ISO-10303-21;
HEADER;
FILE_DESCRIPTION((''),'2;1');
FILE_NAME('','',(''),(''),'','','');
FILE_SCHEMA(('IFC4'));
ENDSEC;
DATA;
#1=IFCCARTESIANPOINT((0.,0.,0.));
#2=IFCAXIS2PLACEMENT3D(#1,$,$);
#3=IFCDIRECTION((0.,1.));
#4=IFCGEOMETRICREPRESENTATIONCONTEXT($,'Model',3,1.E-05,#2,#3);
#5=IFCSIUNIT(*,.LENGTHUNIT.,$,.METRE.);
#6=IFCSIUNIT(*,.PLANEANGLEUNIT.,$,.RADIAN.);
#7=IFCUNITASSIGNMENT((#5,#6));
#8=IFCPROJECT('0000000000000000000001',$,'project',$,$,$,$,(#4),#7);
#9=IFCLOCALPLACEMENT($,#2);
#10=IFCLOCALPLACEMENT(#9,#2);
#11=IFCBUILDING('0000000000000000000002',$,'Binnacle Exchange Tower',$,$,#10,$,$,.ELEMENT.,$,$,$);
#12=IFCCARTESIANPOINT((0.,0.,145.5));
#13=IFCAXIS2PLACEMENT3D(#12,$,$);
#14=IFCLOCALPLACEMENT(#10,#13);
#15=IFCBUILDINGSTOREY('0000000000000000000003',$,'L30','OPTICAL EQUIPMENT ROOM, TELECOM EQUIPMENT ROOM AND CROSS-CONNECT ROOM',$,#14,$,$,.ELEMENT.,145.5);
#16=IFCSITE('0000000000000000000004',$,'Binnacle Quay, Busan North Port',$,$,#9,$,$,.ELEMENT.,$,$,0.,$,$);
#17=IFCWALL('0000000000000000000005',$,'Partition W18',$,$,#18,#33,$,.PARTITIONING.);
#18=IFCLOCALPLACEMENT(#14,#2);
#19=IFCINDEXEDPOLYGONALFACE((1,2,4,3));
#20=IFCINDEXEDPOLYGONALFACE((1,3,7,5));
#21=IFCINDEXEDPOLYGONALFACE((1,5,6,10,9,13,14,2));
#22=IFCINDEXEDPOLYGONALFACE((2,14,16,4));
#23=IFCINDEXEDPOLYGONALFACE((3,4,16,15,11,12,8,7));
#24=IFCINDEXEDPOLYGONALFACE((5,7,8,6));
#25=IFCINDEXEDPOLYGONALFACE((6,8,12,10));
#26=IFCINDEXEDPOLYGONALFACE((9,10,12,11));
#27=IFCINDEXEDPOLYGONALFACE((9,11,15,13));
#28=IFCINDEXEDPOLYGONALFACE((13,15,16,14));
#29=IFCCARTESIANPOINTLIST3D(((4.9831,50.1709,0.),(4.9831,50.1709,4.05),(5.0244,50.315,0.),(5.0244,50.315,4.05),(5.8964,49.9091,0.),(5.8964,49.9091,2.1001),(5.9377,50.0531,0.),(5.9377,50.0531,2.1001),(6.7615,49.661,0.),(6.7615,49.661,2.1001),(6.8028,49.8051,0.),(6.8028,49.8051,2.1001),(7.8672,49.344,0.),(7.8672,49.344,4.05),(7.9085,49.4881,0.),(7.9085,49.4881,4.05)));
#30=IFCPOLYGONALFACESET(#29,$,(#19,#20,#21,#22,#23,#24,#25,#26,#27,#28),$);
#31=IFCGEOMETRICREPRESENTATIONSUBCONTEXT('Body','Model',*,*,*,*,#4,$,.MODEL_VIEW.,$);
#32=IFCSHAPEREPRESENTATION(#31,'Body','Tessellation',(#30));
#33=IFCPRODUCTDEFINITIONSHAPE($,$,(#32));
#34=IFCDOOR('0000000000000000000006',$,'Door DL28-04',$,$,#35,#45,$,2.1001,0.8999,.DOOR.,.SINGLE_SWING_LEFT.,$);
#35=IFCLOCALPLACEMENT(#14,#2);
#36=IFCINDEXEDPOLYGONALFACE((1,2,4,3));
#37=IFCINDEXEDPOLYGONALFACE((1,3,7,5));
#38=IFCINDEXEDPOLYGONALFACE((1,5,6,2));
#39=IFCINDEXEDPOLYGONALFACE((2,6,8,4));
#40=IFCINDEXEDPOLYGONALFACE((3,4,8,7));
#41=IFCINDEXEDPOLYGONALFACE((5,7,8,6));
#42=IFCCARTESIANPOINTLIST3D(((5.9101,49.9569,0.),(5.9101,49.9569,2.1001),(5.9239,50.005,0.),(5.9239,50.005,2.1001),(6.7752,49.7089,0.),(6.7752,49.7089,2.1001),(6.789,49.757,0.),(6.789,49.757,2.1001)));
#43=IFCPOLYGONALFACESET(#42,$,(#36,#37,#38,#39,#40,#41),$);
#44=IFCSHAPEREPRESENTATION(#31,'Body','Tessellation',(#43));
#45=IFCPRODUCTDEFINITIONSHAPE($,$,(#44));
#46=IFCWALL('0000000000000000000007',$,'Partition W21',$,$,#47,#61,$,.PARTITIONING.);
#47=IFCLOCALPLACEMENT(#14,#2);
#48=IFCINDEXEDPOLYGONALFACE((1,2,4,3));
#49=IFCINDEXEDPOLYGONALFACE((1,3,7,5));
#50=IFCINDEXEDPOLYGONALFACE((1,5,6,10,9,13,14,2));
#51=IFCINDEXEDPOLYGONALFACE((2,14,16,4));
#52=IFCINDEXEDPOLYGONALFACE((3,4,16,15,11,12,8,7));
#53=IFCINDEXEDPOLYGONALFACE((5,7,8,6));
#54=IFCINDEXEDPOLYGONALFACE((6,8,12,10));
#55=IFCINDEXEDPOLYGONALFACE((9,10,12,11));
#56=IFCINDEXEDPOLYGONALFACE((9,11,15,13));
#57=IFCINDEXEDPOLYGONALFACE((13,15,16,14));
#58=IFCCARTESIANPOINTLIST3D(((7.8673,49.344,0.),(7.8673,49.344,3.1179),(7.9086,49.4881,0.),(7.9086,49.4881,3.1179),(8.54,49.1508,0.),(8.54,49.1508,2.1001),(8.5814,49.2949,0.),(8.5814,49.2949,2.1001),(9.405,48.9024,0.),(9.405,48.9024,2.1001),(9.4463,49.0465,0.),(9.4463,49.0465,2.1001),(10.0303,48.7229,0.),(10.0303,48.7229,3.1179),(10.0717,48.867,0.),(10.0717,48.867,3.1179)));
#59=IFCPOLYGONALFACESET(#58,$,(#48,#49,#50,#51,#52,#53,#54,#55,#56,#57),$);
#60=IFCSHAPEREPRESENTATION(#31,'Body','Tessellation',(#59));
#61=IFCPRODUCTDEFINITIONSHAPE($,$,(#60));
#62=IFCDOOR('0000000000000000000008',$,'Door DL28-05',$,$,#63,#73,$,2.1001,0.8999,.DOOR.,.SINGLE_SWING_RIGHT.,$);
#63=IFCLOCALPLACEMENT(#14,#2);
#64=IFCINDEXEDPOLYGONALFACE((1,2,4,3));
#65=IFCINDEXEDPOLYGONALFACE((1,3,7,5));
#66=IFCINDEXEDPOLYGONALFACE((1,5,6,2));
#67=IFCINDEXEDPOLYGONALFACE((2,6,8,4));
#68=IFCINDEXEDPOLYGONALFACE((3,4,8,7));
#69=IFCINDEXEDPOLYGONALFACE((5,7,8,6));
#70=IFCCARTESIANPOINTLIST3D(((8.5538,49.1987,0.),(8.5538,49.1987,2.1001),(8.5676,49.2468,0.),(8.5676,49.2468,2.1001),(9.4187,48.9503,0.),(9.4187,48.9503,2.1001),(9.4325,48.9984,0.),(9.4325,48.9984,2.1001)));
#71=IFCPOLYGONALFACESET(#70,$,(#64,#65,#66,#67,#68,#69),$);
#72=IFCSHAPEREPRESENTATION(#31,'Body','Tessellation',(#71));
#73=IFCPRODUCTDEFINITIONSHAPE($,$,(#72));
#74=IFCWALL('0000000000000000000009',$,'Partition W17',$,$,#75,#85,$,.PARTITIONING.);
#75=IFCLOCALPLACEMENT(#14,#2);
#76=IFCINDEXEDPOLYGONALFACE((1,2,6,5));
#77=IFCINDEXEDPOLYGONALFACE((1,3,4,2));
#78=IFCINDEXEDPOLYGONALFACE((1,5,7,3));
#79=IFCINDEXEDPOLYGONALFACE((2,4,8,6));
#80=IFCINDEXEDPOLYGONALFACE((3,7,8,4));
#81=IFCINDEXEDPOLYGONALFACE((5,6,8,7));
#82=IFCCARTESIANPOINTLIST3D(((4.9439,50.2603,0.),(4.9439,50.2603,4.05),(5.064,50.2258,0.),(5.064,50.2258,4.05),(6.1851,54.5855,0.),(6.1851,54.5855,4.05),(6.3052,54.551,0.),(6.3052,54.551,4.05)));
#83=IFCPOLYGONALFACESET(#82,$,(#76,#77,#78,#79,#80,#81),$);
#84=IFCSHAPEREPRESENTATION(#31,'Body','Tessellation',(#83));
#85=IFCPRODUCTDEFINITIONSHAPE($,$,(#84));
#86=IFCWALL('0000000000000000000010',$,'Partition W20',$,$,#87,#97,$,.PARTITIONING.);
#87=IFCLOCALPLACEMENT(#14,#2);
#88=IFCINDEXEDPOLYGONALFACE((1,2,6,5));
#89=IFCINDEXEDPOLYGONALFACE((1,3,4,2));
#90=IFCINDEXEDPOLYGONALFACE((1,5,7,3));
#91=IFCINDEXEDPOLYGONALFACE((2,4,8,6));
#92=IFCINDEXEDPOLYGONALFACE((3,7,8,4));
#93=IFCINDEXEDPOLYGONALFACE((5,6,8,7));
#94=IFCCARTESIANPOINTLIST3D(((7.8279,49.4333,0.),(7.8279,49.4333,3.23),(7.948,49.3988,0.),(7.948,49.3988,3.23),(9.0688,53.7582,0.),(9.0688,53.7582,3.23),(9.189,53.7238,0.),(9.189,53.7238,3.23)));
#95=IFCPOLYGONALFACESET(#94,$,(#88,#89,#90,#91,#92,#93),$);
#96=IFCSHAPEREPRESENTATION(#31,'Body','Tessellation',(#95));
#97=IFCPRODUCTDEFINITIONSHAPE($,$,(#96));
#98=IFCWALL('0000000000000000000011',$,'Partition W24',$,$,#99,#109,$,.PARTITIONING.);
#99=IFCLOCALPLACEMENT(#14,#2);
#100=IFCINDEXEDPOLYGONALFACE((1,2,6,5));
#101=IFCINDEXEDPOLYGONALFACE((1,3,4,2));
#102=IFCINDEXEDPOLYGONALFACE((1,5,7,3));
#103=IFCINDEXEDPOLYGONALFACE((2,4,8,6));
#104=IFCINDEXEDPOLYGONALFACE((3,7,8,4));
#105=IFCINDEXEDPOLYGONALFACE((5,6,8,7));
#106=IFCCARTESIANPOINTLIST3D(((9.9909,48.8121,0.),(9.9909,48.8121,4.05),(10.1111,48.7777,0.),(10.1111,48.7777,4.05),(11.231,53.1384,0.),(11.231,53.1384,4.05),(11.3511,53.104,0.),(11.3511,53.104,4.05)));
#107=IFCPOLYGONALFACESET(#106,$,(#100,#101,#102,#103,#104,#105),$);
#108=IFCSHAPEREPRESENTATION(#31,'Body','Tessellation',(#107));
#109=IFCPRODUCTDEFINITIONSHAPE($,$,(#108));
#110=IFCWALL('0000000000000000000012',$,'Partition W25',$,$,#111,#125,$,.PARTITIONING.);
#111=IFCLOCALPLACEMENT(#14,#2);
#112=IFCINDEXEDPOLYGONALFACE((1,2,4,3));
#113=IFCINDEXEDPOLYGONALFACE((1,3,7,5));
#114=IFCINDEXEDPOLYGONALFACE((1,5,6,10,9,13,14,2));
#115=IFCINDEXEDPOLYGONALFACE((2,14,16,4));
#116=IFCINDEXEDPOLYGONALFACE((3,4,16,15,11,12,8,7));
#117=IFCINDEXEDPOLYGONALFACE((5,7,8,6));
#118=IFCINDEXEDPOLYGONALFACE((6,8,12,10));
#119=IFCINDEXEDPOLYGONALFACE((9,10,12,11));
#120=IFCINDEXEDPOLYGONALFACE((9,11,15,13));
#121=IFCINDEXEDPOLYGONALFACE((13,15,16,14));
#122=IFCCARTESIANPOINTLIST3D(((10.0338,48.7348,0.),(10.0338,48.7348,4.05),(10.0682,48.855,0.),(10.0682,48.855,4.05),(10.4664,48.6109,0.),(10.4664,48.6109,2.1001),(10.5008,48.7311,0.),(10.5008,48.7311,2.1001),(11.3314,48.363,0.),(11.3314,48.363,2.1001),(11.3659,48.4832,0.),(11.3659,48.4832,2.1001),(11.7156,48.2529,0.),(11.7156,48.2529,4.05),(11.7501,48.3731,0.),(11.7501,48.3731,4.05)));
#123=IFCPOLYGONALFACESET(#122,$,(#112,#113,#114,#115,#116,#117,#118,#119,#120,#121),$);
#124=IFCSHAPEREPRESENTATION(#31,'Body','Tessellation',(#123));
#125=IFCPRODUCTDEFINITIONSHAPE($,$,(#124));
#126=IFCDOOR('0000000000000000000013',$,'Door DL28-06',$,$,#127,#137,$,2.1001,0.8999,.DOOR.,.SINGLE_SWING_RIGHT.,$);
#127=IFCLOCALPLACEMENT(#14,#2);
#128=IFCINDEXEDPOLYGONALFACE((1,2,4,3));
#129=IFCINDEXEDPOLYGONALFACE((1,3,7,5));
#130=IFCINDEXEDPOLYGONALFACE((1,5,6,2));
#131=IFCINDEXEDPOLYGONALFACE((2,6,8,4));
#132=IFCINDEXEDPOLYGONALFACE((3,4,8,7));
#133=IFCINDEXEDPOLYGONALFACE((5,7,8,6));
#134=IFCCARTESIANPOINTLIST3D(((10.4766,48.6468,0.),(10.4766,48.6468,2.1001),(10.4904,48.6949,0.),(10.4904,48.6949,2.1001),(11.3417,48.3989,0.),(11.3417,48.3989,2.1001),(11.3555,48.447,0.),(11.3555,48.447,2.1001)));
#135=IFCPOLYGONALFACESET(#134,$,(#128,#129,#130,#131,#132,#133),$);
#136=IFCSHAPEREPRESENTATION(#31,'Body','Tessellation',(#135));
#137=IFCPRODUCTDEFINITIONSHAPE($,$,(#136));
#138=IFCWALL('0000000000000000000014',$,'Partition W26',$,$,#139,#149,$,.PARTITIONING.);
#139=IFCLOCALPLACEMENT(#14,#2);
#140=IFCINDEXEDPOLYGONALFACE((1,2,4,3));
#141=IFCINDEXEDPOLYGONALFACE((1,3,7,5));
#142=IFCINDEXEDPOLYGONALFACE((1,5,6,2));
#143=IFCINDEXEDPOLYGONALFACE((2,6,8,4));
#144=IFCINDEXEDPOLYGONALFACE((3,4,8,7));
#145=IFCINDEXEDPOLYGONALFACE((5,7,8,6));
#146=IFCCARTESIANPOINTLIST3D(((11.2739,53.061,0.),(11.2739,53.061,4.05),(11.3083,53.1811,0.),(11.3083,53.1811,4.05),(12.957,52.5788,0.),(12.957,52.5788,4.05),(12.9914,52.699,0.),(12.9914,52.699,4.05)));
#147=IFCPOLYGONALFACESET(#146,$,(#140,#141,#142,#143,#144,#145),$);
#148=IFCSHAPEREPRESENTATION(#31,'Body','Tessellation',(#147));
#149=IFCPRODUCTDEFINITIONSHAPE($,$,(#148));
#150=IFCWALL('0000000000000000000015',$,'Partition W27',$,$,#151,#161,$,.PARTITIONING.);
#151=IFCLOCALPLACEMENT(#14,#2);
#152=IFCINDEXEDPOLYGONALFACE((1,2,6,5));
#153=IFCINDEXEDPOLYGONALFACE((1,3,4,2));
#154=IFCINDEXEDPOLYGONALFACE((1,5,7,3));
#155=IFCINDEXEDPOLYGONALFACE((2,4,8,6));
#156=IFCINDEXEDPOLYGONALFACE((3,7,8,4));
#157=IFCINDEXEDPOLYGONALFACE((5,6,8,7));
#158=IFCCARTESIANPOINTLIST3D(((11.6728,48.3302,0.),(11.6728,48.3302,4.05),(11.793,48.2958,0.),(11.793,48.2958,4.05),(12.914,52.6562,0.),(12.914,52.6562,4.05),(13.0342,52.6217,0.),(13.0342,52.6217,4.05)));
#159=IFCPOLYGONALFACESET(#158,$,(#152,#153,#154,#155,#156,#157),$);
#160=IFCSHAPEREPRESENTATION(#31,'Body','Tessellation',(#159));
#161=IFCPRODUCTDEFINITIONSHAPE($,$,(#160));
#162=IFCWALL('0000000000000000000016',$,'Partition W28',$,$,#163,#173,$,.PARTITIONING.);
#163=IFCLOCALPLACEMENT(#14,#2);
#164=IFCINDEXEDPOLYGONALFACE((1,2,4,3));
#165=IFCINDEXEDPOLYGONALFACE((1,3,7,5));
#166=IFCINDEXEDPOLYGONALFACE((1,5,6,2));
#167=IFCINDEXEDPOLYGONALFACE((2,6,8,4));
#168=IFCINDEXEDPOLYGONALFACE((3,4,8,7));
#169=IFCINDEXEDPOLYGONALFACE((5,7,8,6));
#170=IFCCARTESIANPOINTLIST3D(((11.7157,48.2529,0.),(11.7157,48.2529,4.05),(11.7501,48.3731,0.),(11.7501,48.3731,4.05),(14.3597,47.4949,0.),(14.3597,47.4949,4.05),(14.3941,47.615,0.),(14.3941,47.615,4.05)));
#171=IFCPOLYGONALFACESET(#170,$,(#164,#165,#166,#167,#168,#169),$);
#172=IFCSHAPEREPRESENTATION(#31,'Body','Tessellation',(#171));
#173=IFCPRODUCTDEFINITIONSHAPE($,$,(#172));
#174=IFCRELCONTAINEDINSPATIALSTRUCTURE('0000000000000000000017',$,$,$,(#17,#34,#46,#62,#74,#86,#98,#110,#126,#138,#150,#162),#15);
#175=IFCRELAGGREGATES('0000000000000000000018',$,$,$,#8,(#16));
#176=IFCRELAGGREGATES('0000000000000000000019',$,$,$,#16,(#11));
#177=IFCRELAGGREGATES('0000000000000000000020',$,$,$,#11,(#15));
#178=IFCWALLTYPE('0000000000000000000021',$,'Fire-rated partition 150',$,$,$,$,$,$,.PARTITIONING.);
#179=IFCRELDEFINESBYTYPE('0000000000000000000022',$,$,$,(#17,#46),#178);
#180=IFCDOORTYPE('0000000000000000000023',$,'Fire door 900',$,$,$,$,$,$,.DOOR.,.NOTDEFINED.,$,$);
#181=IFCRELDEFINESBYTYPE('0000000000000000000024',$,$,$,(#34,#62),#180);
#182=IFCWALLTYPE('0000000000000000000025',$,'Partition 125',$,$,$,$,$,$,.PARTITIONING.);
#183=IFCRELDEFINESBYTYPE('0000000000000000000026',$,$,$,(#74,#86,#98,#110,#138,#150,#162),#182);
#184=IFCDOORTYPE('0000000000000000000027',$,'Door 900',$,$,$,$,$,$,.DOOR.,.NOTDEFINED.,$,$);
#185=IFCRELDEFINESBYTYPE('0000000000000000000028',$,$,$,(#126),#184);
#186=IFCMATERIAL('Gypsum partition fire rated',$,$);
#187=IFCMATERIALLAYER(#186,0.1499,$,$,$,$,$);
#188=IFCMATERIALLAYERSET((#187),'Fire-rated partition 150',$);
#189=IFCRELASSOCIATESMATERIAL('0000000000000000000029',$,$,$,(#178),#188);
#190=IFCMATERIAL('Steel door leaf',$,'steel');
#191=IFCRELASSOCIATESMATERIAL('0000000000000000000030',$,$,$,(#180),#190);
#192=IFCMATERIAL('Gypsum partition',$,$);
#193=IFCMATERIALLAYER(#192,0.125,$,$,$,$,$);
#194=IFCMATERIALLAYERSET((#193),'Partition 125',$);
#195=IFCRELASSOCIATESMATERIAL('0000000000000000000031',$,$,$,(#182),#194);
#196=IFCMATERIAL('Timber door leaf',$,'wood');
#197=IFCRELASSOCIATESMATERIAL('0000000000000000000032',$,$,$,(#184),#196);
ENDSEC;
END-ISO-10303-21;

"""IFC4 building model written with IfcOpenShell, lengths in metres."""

from ifc_helpers import new_model, si_unit, direction, frame, frame_2d, origin, place, context, subcontext, project, spatial, rectangle, extrude, material, layer, layer_set, type_object, element, fill, save


model = new_model("IFC4")

# Units and contexts
model_context = context("Model", 3, precision=1e-05, world=origin(), true_north=direction((0.0, 1.0)))
body_context = subcontext(model_context, "Body", "Model", "MODEL_VIEW")
ifc_project = project(units=[si_unit("LENGTHUNIT", "METRE"), si_unit("PLANEANGLEUNIT", "RADIAN")], contexts=[model_context])

# Site, building, storey
site_placement = place(None, origin())
site = spatial("IfcSite", under=ifc_project, at=site_placement, Name="Binnacle Quay, Busan North Port", CompositionType="ELEMENT", RefElevation=0.0)
building_placement = place(site_placement, origin())
building = spatial("IfcBuilding", under=site, at=building_placement, Name="Binnacle Exchange Tower", CompositionType="ELEMENT")
storey_placement = place(building_placement, frame((0.0, 0.0, 145.5)))
storey = spatial("IfcBuildingStorey", under=building, at=storey_placement, Name="L30", Description="OPTICAL EQUIPMENT ROOM, TELECOM EQUIPMENT ROOM AND CROSS-CONNECT ROOM", CompositionType="ELEMENT", Elevation=145.5)

# Shared definitions
ifc_material_1 = material(Name="Gypsum partition fire rated")
ifc_layer_1 = layer(ifc_material_1, 0.1499)
ifc_layer_set_1 = layer_set([ifc_layer_1], Name="Fire-rated partition 150")
wall_type_1 = type_object("IfcWallType", Name="Fire-rated partition 150", PredefinedType="PARTITIONING", material=ifc_layer_set_1)

# Shared definitions
ifc_material_2 = material(Name="Steel door leaf", Category="steel")
door_type_1 = type_object("IfcDoorType", Name="Fire door 900", OperationType="NOTDEFINED", PredefinedType="DOOR", material=ifc_material_2)

# Walls, openings, doors
wall_1_placement = place(storey_placement, frame((5.0039, 50.2429, 0.0), z_axis=(0.0, 0.0, 1.0), x_axis=(0.961269, -0.275613, 0.0)))
wall_1 = element("IfcWall", 1, at=wall_1_placement, inside=storey, type_object=wall_type_1, Name="Partition W18", PredefinedType="PARTITIONING", context=body_context, shape_type="SweptSolid", body=[
    extrude(rectangle(XDim=3.0002, YDim=0.1499, at=frame_2d((1.5, 0.0))), origin(), (0.0, 0.0, 1.0), 4.05),
])
opening_1_placement = place(wall_1_placement, frame((0.95, 0.0, 0.0)))
opening_1 = element("IfcOpeningElement", 2, at=opening_1_placement, cuts=wall_1, PredefinedType="OPENING", context=body_context, shape_type="SweptSolid", body=[
    extrude(rectangle(XDim=0.8999, YDim=2.1001, at=frame_2d((0.45, 1.05))), frame((0.0, 0.085, 0.0), z_axis=(0.0, -1.0, 0.0), x_axis=(1.0, 0.0, 0.0)), (0.0, 0.0, 1.0), 0.1699),
])
door_1_placement = place(opening_1_placement, origin())
door_1 = element("IfcDoor", 3, at=door_1_placement, inside=storey, type_object=door_type_1, Name="Door DL28-04", OperationType="SINGLE_SWING_LEFT", OverallHeight=2.1001, OverallWidth=0.8999, PredefinedType="DOOR", context=body_context, shape_type="SweptSolid", body=[
    extrude(rectangle(XDim=0.8999, YDim=2.1001, at=frame_2d((0.45, 1.05))), frame((0.0, 0.0249, 0.0), z_axis=(0.0, -1.0, 0.0), x_axis=(1.0, 0.0, 0.0)), (0.0, 0.0, 1.0), 0.05),
])
fill(opening_1, door_1)
wall_2_placement = place(storey_placement, frame((7.8879, 49.416, 0.0), z_axis=(0.0, 0.0, 1.0), x_axis=(0.961163, -0.275982, 0.0)))
wall_2 = element("IfcWall", 4, at=wall_2_placement, inside=storey, type_object=wall_type_1, Name="Partition W21", PredefinedType="PARTITIONING", context=body_context, shape_type="SweptSolid", body=[
    extrude(rectangle(XDim=2.2505, YDim=0.1499, at=frame_2d((1.1252, 0.0))), origin(), (0.0, 0.0, 1.0), 3.1179),
])
opening_2_placement = place(wall_2_placement, frame((0.7, 0.0, 0.0)))
opening_2 = element("IfcOpeningElement", 5, at=opening_2_placement, cuts=wall_2, PredefinedType="OPENING", context=body_context, shape_type="SweptSolid", body=[
    extrude(rectangle(XDim=0.8999, YDim=2.1001, at=frame_2d((0.45, 1.05))), frame((0.0, 0.085, 0.0), z_axis=(0.0, -1.0, 0.0), x_axis=(1.0, 0.0, 0.0)), (0.0, 0.0, 1.0), 0.1699),
])
door_2_placement = place(opening_2_placement, origin())
door_2 = element("IfcDoor", 6, at=door_2_placement, inside=storey, type_object=door_type_1, Name="Door DL28-05", OperationType="SINGLE_SWING_RIGHT", OverallHeight=2.1001, OverallWidth=0.8999, PredefinedType="DOOR", context=body_context, shape_type="SweptSolid", body=[
    extrude(rectangle(XDim=0.8999, YDim=2.1001, at=frame_2d((0.45, 1.05))), frame((0.0, 0.0249, 0.0), z_axis=(0.0, -1.0, 0.0), x_axis=(1.0, 0.0, 0.0)), (0.0, 0.0, 1.0), 0.05),
])
fill(opening_2, door_2)

# Walls
ifc_material_3 = material(Name="Gypsum partition")
ifc_layer_2 = layer(ifc_material_3, 0.125)
ifc_layer_set_2 = layer_set([ifc_layer_2], Name="Partition 125")
wall_type_2 = type_object("IfcWallType", Name="Partition 125", PredefinedType="PARTITIONING", material=ifc_layer_set_2)
wall_3_placement = place(storey_placement, frame((5.0039, 50.2429, 0.0), z_axis=(0.0, 0.0, 1.0), x_axis=(0.275839, 0.961204, 0.0)))
element("IfcWall", 7, at=wall_3_placement, inside=storey, type_object=wall_type_2, Name="Partition W17", PredefinedType="PARTITIONING", context=body_context, shape_type="SweptSolid", body=[
    extrude(rectangle(XDim=4.4998, YDim=0.125, at=frame_2d((2.25, 0.0))), origin(), (0.0, 0.0, 1.0), 4.05),
])
wall_4_placement = place(storey_placement, frame((7.8879, 49.416, 0.0), z_axis=(0.0, 0.0, 1.0), x_axis=(0.275803, 0.961214, 0.0)))
element("IfcWall", 8, at=wall_4_placement, inside=storey, type_object=wall_type_2, Name="Partition W20", PredefinedType="PARTITIONING", context=body_context, shape_type="SweptSolid", body=[
    extrude(rectangle(XDim=4.4995, YDim=0.125, at=frame_2d((2.2498, 0.0))), origin(), (0.0, 0.0, 1.0), 3.23),
])
wall_5_placement = place(storey_placement, frame((10.051, 48.7949, 0.0), z_axis=(0.0, 0.0, 1.0), x_axis=(0.275531, 0.961292, 0.0)))
element("IfcWall", 9, at=wall_5_placement, inside=storey, type_object=wall_type_2, Name="Partition W24", PredefinedType="PARTITIONING", context=body_context, shape_type="SweptSolid", body=[
    extrude(rectangle(XDim=4.5005, YDim=0.125, at=frame_2d((2.2502, 0.0))), origin(), (0.0, 0.0, 1.0), 4.05),
])

# Wall, opening, door
wall_6_placement = place(storey_placement, frame((10.051, 48.7949, 0.0), z_axis=(0.0, 0.0, 1.0), x_axis=(0.961313, -0.275458, 0.0)))
wall_6 = element("IfcWall", 10, at=wall_6_placement, inside=storey, type_object=wall_type_2, Name="Partition W25", PredefinedType="PARTITIONING", context=body_context, shape_type="SweptSolid", body=[
    extrude(rectangle(XDim=1.7495, YDim=0.125, at=frame_2d((0.8748, 0.0))), origin(), (0.0, 0.0, 1.0), 4.05),
])
opening_3_placement = place(wall_6_placement, frame((0.45, 0.0, 0.0)))
opening_3 = element("IfcOpeningElement", 11, at=opening_3_placement, cuts=wall_6, PredefinedType="OPENING", context=body_context, shape_type="SweptSolid", body=[
    extrude(rectangle(XDim=0.8999, YDim=2.1001, at=frame_2d((0.45, 1.05))), frame((0.0, 0.0725, 0.0), z_axis=(0.0, -1.0, 0.0), x_axis=(1.0, 0.0, 0.0)), (0.0, 0.0, 1.0), 0.145),
])
ifc_material_4 = material(Name="Timber door leaf", Category="wood")
door_type_2 = type_object("IfcDoorType", Name="Door 900", OperationType="NOTDEFINED", PredefinedType="DOOR", material=ifc_material_4)
door_3_placement = place(opening_3_placement, origin())
door_3 = element("IfcDoor", 12, at=door_3_placement, inside=storey, type_object=door_type_2, Name="Door DL28-06", OperationType="SINGLE_SWING_RIGHT", OverallHeight=2.1001, OverallWidth=0.8999, PredefinedType="DOOR", context=body_context, shape_type="SweptSolid", body=[
    extrude(rectangle(XDim=0.8999, YDim=2.1001, at=frame_2d((0.45, 1.05))), frame((0.0, 0.0249, 0.0), z_axis=(0.0, -1.0, 0.0), x_axis=(1.0, 0.0, 0.0)), (0.0, 0.0, 1.0), 0.05),
])
fill(opening_3, door_3)

# Walls
wall_7_placement = place(storey_placement, frame((11.291, 53.1211, 0.0), z_axis=(0.0, 0.0, 1.0), x_axis=(0.961329, -0.275402, 0.0)))
element("IfcWall", 13, at=wall_7_placement, inside=storey, type_object=wall_type_2, Name="Partition W26", PredefinedType="PARTITIONING", context=body_context, shape_type="SweptSolid", body=[
    extrude(rectangle(XDim=1.7507, YDim=0.125, at=frame_2d((0.8755, 0.0))), origin(), (0.0, 0.0, 1.0), 4.05),
])
wall_8_placement = place(storey_placement, frame((11.7329, 48.313, 0.0), z_axis=(0.0, 0.0, 1.0), x_axis=(0.275796, 0.961216, 0.0)))
element("IfcWall", 14, at=wall_8_placement, inside=storey, type_object=wall_type_2, Name="Partition W27", PredefinedType="PARTITIONING", context=body_context, shape_type="SweptSolid", body=[
    extrude(rectangle(XDim=4.5005, YDim=0.125, at=frame_2d((2.2502, 0.0))), origin(), (0.0, 0.0, 1.0), 4.05),
])
wall_9_placement = place(storey_placement, frame((11.7329, 48.313, 0.0), z_axis=(0.0, 0.0, 1.0), x_axis=(0.961272, -0.2756, 0.0)))
element("IfcWall", 15, at=wall_9_placement, inside=storey, type_object=wall_type_2, Name="Partition W28", PredefinedType="PARTITIONING", context=body_context, shape_type="SweptSolid", body=[
    extrude(rectangle(XDim=2.7505, YDim=0.125, at=frame_2d((1.3752, 0.0))), origin(), (0.0, 0.0, 1.0), 4.05),
])

save(model, "model.ifc")
